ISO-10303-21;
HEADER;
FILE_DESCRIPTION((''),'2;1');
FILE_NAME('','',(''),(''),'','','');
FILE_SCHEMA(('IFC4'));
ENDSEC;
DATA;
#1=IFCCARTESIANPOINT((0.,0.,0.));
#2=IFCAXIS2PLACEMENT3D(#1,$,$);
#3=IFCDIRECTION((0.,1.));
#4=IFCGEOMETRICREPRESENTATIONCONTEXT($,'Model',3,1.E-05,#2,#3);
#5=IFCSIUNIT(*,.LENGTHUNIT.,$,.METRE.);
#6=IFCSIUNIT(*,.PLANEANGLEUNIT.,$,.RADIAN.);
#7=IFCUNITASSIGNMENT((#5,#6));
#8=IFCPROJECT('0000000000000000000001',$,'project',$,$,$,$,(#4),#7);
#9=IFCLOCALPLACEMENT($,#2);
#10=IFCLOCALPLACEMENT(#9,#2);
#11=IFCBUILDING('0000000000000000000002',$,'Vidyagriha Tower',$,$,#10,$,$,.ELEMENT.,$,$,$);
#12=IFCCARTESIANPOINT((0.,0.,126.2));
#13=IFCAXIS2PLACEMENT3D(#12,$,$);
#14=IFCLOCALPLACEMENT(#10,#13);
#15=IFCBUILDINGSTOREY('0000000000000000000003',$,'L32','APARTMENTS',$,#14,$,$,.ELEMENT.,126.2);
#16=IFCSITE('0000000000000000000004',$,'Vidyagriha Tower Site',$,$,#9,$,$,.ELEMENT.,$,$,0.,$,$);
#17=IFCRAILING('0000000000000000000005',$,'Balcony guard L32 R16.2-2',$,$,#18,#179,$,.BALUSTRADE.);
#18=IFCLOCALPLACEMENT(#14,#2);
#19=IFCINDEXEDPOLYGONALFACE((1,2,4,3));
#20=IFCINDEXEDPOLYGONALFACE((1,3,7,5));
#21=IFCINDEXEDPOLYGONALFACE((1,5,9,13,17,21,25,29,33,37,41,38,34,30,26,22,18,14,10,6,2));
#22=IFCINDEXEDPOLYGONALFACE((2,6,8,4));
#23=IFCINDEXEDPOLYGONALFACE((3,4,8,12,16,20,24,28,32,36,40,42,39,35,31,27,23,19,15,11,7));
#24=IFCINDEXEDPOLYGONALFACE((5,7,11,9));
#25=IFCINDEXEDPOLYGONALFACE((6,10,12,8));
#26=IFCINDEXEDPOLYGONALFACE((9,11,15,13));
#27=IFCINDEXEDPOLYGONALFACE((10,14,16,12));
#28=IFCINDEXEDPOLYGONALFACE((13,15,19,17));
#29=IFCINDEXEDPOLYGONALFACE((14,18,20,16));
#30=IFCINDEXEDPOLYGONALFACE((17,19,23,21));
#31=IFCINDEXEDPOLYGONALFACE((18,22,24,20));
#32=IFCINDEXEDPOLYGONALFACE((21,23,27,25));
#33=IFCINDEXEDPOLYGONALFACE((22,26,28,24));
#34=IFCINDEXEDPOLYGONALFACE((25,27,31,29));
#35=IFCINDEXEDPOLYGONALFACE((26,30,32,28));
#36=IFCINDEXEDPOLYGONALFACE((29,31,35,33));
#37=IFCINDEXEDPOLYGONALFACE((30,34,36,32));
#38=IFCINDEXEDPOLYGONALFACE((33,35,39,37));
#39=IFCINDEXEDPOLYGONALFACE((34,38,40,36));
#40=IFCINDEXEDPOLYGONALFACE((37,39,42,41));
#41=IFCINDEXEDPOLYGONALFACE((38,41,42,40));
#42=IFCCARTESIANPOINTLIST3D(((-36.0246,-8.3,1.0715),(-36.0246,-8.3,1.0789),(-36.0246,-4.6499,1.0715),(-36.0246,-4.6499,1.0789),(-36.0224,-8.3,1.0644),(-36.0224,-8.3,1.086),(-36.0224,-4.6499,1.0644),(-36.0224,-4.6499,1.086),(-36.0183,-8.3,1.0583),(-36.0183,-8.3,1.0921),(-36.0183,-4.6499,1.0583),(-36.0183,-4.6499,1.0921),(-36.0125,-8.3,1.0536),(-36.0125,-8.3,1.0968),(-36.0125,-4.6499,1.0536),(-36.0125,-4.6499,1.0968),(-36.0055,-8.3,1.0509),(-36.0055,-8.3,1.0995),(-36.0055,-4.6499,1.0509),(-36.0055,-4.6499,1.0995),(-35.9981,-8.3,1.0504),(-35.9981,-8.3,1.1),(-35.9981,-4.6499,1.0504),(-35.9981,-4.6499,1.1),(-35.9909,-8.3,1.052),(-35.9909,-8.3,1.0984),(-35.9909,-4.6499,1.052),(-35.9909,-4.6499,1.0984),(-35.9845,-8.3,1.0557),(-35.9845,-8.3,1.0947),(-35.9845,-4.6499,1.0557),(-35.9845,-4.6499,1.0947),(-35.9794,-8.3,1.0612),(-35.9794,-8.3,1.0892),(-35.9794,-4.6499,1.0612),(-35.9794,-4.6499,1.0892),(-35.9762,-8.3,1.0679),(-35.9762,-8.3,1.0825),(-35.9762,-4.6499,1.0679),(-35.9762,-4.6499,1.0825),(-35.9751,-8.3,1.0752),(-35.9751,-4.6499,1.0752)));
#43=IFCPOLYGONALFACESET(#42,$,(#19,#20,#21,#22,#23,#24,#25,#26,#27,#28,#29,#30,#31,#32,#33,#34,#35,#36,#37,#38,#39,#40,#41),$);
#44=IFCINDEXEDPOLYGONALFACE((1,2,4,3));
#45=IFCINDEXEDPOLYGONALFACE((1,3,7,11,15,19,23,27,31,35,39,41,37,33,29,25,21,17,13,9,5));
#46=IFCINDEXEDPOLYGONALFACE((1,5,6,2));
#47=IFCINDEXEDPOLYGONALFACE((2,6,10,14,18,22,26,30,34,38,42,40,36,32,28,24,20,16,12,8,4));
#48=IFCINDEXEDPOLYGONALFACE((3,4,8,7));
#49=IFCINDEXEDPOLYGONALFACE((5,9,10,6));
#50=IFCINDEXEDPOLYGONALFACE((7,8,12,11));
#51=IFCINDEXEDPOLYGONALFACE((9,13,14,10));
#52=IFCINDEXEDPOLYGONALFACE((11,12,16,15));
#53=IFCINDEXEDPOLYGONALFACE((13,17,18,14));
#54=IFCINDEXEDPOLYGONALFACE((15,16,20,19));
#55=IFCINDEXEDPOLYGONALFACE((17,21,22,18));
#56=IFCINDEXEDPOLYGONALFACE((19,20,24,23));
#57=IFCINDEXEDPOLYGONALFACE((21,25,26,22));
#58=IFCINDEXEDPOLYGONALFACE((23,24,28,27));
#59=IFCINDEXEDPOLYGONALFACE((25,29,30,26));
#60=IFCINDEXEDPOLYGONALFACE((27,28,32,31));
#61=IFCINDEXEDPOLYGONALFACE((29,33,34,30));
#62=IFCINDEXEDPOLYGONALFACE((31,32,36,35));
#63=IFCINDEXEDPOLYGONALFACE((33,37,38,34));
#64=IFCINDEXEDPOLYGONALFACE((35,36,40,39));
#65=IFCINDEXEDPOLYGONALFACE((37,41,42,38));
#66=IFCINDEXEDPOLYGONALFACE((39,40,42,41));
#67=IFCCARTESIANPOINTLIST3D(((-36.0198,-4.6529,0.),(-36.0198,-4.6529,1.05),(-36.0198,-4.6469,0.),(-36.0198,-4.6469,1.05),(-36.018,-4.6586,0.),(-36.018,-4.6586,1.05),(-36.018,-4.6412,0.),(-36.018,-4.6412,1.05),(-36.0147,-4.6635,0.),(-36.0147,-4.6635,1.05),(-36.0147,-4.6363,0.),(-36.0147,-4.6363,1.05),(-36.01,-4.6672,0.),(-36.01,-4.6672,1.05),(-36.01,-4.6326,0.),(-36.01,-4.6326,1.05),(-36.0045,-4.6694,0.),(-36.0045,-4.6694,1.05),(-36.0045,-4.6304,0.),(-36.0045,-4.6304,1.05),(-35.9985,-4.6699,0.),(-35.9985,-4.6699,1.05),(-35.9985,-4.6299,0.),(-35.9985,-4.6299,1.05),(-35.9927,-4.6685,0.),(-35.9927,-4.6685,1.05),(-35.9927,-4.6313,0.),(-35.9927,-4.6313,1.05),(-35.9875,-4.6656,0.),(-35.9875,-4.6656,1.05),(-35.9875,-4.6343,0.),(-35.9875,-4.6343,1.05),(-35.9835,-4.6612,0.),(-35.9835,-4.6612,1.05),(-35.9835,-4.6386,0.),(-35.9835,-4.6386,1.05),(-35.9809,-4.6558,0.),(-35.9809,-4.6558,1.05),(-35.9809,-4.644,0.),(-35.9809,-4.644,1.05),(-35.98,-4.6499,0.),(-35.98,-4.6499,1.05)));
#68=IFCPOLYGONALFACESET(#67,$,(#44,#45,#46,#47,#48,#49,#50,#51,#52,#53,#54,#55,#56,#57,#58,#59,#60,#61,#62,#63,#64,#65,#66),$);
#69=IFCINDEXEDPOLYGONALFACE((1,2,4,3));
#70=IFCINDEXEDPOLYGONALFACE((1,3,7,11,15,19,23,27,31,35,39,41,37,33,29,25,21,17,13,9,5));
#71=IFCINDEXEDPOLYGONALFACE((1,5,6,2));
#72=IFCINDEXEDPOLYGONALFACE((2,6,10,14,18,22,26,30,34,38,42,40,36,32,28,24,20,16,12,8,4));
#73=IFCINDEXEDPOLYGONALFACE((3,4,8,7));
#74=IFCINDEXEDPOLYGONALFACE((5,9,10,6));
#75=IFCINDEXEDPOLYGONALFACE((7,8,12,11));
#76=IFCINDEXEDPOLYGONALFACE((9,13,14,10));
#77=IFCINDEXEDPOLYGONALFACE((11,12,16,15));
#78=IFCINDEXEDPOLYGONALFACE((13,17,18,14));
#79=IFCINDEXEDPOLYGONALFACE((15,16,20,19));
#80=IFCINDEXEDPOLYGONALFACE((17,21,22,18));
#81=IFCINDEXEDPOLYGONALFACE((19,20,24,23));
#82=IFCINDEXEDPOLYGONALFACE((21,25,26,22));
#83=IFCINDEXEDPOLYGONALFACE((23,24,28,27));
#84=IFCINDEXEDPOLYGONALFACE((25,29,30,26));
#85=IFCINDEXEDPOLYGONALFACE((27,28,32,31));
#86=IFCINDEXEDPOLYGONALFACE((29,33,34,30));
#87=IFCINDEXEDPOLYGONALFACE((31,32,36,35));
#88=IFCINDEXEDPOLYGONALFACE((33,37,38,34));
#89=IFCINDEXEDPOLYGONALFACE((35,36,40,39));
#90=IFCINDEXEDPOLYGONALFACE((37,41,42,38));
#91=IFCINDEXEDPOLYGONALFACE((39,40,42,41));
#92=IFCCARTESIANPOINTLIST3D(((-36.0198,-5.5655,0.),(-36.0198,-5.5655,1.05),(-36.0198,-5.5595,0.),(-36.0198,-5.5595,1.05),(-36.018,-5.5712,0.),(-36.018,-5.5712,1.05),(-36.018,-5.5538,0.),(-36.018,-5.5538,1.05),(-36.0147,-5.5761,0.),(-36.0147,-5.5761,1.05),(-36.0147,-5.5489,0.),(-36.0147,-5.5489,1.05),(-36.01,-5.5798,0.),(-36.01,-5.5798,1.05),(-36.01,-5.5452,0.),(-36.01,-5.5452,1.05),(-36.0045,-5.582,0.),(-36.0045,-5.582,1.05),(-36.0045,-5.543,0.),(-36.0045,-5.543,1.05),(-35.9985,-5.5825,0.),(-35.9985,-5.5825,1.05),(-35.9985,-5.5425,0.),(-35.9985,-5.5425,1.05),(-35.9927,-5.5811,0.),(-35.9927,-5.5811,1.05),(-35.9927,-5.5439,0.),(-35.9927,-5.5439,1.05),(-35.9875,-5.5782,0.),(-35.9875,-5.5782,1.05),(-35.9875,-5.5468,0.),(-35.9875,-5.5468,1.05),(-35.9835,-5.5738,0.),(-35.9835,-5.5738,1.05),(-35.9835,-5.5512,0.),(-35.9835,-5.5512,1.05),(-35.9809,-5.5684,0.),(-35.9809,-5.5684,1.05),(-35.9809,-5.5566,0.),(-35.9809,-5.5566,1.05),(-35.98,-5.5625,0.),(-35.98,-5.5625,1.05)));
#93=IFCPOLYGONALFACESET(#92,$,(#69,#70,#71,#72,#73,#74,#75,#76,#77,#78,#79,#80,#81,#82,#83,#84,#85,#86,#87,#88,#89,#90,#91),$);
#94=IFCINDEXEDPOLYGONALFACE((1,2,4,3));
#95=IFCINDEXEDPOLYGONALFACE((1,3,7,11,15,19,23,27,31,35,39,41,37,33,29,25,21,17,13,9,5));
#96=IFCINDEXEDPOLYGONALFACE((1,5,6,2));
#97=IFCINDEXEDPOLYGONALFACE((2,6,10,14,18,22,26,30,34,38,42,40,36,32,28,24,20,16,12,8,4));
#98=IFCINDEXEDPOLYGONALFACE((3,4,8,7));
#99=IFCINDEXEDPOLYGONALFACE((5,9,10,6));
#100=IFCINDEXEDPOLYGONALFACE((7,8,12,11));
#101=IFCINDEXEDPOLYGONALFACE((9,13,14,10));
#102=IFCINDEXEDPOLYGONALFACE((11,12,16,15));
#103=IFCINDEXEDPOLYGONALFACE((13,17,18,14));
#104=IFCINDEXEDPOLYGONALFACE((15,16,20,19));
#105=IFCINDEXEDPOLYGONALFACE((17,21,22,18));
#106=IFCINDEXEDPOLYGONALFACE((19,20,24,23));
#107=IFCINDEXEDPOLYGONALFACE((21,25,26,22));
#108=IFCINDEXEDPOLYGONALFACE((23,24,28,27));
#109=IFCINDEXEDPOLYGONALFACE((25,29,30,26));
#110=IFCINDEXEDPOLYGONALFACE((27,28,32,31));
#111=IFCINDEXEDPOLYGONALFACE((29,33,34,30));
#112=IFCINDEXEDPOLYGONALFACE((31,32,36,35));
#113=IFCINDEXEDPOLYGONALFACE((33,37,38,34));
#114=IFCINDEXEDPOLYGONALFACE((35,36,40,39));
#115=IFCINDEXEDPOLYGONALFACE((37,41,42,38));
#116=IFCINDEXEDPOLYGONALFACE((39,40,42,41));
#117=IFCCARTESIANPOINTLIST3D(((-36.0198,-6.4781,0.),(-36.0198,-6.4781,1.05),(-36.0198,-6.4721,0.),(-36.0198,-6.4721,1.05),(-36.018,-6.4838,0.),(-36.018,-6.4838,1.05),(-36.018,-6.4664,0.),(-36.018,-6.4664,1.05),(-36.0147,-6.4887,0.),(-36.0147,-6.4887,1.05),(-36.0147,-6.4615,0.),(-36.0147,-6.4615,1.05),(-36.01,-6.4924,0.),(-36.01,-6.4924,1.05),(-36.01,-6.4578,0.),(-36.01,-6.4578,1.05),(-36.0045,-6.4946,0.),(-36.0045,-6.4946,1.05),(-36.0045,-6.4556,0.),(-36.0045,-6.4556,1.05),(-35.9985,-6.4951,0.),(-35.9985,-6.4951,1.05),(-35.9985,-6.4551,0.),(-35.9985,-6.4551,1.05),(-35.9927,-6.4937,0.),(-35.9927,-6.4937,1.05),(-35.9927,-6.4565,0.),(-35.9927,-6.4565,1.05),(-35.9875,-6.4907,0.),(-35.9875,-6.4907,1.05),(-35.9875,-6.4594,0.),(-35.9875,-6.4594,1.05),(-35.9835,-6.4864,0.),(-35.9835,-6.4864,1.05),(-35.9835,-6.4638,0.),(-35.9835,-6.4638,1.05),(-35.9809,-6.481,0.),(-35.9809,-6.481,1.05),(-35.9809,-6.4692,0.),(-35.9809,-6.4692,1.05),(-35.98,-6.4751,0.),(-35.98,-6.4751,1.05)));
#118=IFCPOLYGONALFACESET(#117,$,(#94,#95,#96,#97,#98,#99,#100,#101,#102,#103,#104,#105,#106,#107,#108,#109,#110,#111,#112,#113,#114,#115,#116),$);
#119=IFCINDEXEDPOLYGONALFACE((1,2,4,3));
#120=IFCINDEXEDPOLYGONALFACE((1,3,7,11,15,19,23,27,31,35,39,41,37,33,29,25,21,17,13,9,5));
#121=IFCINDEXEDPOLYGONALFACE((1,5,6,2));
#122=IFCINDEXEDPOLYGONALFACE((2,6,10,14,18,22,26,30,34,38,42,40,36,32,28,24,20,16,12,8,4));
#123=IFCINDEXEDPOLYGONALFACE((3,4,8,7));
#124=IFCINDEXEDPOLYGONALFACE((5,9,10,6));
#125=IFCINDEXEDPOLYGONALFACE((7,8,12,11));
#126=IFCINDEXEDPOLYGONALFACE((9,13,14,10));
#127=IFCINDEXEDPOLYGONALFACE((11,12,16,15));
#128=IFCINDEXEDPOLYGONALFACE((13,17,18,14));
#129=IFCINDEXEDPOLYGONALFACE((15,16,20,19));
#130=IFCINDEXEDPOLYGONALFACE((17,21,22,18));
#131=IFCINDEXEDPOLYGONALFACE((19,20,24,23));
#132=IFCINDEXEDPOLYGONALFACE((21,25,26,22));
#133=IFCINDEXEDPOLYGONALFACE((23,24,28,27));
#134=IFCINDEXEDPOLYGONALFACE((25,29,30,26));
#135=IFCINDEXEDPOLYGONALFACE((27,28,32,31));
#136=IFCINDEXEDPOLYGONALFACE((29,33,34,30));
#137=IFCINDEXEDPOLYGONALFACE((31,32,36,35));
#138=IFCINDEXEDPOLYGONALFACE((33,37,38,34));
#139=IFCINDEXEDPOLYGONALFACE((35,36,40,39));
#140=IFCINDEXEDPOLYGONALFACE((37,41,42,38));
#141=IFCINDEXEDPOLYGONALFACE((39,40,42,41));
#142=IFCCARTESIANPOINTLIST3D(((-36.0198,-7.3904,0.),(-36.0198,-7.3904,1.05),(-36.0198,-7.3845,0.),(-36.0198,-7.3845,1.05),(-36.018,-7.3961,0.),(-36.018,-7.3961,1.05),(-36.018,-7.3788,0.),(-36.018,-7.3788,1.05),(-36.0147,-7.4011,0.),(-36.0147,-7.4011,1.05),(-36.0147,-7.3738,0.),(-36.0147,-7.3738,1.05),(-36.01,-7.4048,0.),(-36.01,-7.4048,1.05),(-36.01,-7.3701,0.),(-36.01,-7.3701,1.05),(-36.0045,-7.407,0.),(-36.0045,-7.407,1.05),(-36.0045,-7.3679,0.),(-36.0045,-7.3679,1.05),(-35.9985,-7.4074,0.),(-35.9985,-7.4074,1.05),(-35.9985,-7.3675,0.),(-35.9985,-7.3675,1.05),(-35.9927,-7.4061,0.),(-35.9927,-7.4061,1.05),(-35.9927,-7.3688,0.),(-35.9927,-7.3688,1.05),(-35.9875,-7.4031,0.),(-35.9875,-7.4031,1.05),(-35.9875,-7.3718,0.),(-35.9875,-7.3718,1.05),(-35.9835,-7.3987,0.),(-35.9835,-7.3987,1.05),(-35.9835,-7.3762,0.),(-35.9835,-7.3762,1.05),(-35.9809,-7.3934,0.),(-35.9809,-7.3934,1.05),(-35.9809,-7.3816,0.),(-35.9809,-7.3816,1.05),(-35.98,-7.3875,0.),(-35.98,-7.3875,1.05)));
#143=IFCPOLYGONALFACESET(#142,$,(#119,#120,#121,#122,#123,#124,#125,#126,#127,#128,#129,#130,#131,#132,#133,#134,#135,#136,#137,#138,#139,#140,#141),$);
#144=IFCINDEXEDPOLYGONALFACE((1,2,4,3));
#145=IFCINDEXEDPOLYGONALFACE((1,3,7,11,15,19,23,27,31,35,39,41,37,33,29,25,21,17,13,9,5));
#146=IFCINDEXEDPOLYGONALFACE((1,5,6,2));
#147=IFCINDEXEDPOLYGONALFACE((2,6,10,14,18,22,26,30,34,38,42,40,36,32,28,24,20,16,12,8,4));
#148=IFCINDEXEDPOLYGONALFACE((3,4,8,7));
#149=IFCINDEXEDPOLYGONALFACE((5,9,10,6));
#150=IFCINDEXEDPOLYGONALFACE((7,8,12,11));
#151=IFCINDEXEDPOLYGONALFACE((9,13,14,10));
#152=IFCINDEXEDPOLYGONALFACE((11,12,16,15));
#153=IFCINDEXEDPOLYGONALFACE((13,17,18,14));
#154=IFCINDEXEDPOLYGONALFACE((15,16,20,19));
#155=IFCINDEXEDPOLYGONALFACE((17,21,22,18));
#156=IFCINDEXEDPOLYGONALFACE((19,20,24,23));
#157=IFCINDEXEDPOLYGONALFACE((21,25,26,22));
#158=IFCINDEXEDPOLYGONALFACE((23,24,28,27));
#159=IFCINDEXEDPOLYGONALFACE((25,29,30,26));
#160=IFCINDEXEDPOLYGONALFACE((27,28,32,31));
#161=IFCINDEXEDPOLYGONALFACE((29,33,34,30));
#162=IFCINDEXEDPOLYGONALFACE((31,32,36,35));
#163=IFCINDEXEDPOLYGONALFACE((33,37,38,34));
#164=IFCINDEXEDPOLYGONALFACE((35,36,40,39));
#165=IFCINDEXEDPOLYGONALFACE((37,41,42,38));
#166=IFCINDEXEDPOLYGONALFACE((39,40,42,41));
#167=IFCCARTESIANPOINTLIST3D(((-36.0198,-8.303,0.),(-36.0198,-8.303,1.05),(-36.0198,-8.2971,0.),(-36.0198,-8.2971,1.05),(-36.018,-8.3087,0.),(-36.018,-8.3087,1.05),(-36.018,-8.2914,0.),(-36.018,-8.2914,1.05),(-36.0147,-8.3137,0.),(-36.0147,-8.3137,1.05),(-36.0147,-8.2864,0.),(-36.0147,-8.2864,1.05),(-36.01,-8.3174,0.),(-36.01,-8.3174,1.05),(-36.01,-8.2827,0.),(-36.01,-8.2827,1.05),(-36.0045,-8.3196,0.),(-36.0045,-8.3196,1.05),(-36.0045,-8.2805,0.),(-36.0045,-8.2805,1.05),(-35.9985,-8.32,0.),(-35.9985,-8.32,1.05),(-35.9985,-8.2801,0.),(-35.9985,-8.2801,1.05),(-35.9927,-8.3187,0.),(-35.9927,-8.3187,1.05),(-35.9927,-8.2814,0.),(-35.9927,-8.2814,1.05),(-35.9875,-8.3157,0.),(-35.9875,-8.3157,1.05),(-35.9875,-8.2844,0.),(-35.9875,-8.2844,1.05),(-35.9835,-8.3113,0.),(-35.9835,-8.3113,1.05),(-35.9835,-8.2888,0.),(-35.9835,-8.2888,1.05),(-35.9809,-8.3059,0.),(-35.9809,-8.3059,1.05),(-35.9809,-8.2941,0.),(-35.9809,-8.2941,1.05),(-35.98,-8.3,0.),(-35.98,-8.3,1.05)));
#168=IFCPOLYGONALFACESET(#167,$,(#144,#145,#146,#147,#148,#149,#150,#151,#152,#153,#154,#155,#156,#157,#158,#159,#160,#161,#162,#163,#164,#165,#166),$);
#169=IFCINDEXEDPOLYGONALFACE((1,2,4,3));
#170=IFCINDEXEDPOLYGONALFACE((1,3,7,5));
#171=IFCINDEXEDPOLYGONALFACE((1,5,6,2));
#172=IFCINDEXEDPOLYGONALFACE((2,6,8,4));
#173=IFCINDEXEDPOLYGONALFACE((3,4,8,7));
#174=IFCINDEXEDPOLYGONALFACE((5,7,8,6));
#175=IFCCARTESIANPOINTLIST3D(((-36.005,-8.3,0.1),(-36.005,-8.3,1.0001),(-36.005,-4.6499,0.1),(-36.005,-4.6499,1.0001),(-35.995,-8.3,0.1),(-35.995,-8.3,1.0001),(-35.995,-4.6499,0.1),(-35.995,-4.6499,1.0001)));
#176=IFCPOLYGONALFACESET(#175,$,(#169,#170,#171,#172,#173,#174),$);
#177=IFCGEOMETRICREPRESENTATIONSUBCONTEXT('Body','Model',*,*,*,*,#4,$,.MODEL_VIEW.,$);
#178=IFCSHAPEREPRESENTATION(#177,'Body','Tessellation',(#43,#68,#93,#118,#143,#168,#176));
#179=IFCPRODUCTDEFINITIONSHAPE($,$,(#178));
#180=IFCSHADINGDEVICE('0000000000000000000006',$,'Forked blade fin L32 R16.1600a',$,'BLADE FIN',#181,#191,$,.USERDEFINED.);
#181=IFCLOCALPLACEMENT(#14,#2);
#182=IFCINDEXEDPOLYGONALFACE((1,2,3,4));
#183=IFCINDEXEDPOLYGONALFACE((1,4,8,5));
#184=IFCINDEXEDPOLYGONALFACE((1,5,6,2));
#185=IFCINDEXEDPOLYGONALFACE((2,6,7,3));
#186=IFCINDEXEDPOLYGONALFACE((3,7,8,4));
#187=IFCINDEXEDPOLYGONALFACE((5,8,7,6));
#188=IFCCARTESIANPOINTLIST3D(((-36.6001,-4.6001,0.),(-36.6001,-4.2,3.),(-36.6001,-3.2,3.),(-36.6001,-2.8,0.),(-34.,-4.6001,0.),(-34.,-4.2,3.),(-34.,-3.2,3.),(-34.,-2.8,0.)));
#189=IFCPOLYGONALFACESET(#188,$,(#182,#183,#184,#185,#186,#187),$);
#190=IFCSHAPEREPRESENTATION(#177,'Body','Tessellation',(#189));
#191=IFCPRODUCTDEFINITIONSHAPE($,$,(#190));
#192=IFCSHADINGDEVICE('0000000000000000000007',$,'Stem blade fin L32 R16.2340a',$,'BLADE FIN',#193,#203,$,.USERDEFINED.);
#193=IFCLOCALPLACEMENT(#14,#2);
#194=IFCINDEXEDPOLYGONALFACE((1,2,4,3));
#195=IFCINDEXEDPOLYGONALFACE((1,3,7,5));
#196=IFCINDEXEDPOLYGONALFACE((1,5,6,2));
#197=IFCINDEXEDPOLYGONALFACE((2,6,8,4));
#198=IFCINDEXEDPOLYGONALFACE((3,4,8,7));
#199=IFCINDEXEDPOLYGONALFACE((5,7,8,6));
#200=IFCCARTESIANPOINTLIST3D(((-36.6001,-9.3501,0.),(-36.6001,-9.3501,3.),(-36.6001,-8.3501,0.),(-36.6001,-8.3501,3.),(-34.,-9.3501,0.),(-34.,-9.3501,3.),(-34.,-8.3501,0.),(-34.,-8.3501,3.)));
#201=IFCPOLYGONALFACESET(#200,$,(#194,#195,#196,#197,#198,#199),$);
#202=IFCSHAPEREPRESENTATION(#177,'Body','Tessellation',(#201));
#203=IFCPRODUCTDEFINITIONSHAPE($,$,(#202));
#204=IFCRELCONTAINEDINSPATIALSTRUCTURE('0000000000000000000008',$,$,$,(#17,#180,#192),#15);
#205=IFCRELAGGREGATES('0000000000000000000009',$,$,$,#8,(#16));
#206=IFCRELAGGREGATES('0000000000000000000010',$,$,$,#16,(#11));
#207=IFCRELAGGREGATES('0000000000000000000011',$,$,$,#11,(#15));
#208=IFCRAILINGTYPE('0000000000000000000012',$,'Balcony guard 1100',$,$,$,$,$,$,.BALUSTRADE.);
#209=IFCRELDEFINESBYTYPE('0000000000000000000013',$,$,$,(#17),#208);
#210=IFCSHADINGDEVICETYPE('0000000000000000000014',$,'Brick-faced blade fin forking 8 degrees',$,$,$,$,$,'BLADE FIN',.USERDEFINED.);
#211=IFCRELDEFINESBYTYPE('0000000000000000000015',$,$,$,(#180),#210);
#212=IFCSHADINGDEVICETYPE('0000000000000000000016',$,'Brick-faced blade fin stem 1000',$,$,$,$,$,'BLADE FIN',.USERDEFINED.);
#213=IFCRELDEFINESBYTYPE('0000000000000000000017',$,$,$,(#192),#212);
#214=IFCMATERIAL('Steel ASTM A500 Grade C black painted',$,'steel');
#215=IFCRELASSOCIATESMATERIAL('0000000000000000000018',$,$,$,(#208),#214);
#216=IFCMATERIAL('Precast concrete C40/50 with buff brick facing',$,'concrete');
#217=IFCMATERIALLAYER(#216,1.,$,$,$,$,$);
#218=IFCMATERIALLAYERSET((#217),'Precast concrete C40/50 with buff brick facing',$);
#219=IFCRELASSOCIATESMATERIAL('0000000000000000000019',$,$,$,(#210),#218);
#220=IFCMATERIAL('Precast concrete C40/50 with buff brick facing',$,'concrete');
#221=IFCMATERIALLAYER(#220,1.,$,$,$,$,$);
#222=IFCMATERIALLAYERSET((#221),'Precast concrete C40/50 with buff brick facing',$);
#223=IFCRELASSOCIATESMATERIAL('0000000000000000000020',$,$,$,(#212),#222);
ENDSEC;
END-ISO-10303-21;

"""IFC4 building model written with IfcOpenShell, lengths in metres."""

from ifc_helpers import new_model, si_unit, direction, frame, origin, origin_2d, place, context, subcontext, project, spatial, polyline, rectangle, circle, outline, extrude, material, layer, layer_set, type_object, element, save


model = new_model("IFC4")

# Units and contexts
model_context = context("Model", 3, precision=1e-05, world=origin(), true_north=direction((0.0, 1.0)))
body_context = subcontext(model_context, "Body", "Model", "MODEL_VIEW")
ifc_project = project(units=[si_unit("LENGTHUNIT", "METRE"), si_unit("PLANEANGLEUNIT", "RADIAN")], contexts=[model_context])

# Site, building, storey
site_placement = place(None, origin())
site = spatial("IfcSite", under=ifc_project, at=site_placement, Name="Vidyagriha Tower Site", CompositionType="ELEMENT", RefElevation=0.0)
building_placement = place(site_placement, origin())
building = spatial("IfcBuilding", under=site, at=building_placement, Name="Vidyagriha Tower", CompositionType="ELEMENT")
storey_placement = place(building_placement, frame((0.0, 0.0, 126.2)))
storey = spatial("IfcBuildingStorey", under=building, at=storey_placement, Name="L32", Description="APARTMENTS", CompositionType="ELEMENT", Elevation=126.2)

# Railing
ifc_material_1 = material(Name="Steel ASTM A500 Grade C black painted", Category="steel")
railing_type_1 = type_object("IfcRailingType", Name="Balcony guard 1100", PredefinedType="BALUSTRADE", material=ifc_material_1)
railing_1_placement = place(storey_placement, frame((-36.0, -4.6499, 0.0)))
element("IfcRailing", 1, at=railing_1_placement, inside=storey, type_object=railing_type_1, Name="Balcony guard L32 R16.2-2", PredefinedType="BALUSTRADE", context=body_context, shape_type="SweptSolid", body=[
    extrude(circle(Radius=0.0249, at=origin_2d()), frame((0.0, 0.0, 1.0752), z_axis=(0.0, -1.0, 0.0), x_axis=(1.0, 0.0, 0.0)), (0.0, 0.0, 1.0), 3.6501),
    extrude(circle(Radius=0.02, at=origin_2d()), origin(), (0.0, 0.0, 1.0), 1.05),
    extrude(circle(Radius=0.02, at=origin_2d()), frame((0.0, -0.9126, 0.0)), (0.0, 0.0, 1.0), 1.05),
    extrude(circle(Radius=0.02, at=origin_2d()), frame((0.0, -1.8252, 0.0)), (0.0, 0.0, 1.0), 1.05),
    extrude(circle(Radius=0.02, at=origin_2d()), frame((0.0, -2.7375, 0.0)), (0.0, 0.0, 1.0), 1.05),
    extrude(circle(Radius=0.02, at=origin_2d()), frame((0.0, -3.6501, 0.0)), (0.0, 0.0, 1.0), 1.05),
    extrude(rectangle(XDim=0.01, YDim=0.9001, at=origin_2d()), frame((0.0, 0.0, 0.55), z_axis=(0.0, -1.0, 0.0), x_axis=(1.0, 0.0, 0.0)), (0.0, 0.0, 1.0), 3.6501),
])

# Shading devices
ifc_material_2 = material(Name="Precast concrete C40/50 with buff brick facing", Category="concrete")
ifc_layer_1 = layer(ifc_material_2, 1.0)
ifc_layer_set_1 = layer_set([ifc_layer_1], Name="Precast concrete C40/50 with buff brick facing")
shading_device_type_1 = type_object("IfcShadingDeviceType", Name="Brick-faced blade fin forking 8 degrees", ElementType="BLADE FIN", PredefinedType="USERDEFINED", material=ifc_layer_set_1)
shading_device_1_placement = place(storey_placement, frame((-35.3, -2.8, 0.0), z_axis=(0.0, 0.0, 1.0), x_axis=(0.0, -1.0, 0.0)))
element("IfcShadingDevice", 2, at=shading_device_1_placement, inside=storey, type_object=shading_device_type_1, Name="Forked blade fin L32 R16.1600a", ObjectType="BLADE FIN", PredefinedType="USERDEFINED", context=body_context, shape_type="SweptSolid", body=[
    extrude(outline(polyline([(0.0, 0.0), (1.8, 0.0), (1.3999, 3.0), (0.3999, 3.0), (0.0, 0.0)])), frame((0.0, 1.3, 0.0), z_axis=(0.0, -1.0, 0.0), x_axis=(1.0, 0.0, 0.0)), (0.0, 0.0, 1.0), 2.6001),
])
ifc_material_3 = material(Name="Precast concrete C40/50 with buff brick facing", Category="concrete")
ifc_layer_2 = layer(ifc_material_3, 1.0)
ifc_layer_set_2 = layer_set([ifc_layer_2], Name="Precast concrete C40/50 with buff brick facing")
shading_device_type_2 = type_object("IfcShadingDeviceType", Name="Brick-faced blade fin stem 1000", ElementType="BLADE FIN", PredefinedType="USERDEFINED", material=ifc_layer_set_2)
shading_device_2_placement = place(storey_placement, frame((-35.3, -8.3501, 0.0), z_axis=(0.0, 0.0, 1.0), x_axis=(0.0, -1.0, 0.0)))
element("IfcShadingDevice", 3, at=shading_device_2_placement, inside=storey, type_object=shading_device_type_2, Name="Stem blade fin L32 R16.2340a", ObjectType="BLADE FIN", PredefinedType="USERDEFINED", context=body_context, shape_type="SweptSolid", body=[
    extrude(outline(polyline([(0.0, 0.0), (1.0, 0.0), (1.0, 3.0), (0.0, 3.0), (0.0, 0.0)])), frame((0.0, 1.3, 0.0), z_axis=(0.0, -1.0, 0.0), x_axis=(1.0, 0.0, 0.0)), (0.0, 0.0, 1.0), 2.6001),
])

save(model, "model.ifc")
